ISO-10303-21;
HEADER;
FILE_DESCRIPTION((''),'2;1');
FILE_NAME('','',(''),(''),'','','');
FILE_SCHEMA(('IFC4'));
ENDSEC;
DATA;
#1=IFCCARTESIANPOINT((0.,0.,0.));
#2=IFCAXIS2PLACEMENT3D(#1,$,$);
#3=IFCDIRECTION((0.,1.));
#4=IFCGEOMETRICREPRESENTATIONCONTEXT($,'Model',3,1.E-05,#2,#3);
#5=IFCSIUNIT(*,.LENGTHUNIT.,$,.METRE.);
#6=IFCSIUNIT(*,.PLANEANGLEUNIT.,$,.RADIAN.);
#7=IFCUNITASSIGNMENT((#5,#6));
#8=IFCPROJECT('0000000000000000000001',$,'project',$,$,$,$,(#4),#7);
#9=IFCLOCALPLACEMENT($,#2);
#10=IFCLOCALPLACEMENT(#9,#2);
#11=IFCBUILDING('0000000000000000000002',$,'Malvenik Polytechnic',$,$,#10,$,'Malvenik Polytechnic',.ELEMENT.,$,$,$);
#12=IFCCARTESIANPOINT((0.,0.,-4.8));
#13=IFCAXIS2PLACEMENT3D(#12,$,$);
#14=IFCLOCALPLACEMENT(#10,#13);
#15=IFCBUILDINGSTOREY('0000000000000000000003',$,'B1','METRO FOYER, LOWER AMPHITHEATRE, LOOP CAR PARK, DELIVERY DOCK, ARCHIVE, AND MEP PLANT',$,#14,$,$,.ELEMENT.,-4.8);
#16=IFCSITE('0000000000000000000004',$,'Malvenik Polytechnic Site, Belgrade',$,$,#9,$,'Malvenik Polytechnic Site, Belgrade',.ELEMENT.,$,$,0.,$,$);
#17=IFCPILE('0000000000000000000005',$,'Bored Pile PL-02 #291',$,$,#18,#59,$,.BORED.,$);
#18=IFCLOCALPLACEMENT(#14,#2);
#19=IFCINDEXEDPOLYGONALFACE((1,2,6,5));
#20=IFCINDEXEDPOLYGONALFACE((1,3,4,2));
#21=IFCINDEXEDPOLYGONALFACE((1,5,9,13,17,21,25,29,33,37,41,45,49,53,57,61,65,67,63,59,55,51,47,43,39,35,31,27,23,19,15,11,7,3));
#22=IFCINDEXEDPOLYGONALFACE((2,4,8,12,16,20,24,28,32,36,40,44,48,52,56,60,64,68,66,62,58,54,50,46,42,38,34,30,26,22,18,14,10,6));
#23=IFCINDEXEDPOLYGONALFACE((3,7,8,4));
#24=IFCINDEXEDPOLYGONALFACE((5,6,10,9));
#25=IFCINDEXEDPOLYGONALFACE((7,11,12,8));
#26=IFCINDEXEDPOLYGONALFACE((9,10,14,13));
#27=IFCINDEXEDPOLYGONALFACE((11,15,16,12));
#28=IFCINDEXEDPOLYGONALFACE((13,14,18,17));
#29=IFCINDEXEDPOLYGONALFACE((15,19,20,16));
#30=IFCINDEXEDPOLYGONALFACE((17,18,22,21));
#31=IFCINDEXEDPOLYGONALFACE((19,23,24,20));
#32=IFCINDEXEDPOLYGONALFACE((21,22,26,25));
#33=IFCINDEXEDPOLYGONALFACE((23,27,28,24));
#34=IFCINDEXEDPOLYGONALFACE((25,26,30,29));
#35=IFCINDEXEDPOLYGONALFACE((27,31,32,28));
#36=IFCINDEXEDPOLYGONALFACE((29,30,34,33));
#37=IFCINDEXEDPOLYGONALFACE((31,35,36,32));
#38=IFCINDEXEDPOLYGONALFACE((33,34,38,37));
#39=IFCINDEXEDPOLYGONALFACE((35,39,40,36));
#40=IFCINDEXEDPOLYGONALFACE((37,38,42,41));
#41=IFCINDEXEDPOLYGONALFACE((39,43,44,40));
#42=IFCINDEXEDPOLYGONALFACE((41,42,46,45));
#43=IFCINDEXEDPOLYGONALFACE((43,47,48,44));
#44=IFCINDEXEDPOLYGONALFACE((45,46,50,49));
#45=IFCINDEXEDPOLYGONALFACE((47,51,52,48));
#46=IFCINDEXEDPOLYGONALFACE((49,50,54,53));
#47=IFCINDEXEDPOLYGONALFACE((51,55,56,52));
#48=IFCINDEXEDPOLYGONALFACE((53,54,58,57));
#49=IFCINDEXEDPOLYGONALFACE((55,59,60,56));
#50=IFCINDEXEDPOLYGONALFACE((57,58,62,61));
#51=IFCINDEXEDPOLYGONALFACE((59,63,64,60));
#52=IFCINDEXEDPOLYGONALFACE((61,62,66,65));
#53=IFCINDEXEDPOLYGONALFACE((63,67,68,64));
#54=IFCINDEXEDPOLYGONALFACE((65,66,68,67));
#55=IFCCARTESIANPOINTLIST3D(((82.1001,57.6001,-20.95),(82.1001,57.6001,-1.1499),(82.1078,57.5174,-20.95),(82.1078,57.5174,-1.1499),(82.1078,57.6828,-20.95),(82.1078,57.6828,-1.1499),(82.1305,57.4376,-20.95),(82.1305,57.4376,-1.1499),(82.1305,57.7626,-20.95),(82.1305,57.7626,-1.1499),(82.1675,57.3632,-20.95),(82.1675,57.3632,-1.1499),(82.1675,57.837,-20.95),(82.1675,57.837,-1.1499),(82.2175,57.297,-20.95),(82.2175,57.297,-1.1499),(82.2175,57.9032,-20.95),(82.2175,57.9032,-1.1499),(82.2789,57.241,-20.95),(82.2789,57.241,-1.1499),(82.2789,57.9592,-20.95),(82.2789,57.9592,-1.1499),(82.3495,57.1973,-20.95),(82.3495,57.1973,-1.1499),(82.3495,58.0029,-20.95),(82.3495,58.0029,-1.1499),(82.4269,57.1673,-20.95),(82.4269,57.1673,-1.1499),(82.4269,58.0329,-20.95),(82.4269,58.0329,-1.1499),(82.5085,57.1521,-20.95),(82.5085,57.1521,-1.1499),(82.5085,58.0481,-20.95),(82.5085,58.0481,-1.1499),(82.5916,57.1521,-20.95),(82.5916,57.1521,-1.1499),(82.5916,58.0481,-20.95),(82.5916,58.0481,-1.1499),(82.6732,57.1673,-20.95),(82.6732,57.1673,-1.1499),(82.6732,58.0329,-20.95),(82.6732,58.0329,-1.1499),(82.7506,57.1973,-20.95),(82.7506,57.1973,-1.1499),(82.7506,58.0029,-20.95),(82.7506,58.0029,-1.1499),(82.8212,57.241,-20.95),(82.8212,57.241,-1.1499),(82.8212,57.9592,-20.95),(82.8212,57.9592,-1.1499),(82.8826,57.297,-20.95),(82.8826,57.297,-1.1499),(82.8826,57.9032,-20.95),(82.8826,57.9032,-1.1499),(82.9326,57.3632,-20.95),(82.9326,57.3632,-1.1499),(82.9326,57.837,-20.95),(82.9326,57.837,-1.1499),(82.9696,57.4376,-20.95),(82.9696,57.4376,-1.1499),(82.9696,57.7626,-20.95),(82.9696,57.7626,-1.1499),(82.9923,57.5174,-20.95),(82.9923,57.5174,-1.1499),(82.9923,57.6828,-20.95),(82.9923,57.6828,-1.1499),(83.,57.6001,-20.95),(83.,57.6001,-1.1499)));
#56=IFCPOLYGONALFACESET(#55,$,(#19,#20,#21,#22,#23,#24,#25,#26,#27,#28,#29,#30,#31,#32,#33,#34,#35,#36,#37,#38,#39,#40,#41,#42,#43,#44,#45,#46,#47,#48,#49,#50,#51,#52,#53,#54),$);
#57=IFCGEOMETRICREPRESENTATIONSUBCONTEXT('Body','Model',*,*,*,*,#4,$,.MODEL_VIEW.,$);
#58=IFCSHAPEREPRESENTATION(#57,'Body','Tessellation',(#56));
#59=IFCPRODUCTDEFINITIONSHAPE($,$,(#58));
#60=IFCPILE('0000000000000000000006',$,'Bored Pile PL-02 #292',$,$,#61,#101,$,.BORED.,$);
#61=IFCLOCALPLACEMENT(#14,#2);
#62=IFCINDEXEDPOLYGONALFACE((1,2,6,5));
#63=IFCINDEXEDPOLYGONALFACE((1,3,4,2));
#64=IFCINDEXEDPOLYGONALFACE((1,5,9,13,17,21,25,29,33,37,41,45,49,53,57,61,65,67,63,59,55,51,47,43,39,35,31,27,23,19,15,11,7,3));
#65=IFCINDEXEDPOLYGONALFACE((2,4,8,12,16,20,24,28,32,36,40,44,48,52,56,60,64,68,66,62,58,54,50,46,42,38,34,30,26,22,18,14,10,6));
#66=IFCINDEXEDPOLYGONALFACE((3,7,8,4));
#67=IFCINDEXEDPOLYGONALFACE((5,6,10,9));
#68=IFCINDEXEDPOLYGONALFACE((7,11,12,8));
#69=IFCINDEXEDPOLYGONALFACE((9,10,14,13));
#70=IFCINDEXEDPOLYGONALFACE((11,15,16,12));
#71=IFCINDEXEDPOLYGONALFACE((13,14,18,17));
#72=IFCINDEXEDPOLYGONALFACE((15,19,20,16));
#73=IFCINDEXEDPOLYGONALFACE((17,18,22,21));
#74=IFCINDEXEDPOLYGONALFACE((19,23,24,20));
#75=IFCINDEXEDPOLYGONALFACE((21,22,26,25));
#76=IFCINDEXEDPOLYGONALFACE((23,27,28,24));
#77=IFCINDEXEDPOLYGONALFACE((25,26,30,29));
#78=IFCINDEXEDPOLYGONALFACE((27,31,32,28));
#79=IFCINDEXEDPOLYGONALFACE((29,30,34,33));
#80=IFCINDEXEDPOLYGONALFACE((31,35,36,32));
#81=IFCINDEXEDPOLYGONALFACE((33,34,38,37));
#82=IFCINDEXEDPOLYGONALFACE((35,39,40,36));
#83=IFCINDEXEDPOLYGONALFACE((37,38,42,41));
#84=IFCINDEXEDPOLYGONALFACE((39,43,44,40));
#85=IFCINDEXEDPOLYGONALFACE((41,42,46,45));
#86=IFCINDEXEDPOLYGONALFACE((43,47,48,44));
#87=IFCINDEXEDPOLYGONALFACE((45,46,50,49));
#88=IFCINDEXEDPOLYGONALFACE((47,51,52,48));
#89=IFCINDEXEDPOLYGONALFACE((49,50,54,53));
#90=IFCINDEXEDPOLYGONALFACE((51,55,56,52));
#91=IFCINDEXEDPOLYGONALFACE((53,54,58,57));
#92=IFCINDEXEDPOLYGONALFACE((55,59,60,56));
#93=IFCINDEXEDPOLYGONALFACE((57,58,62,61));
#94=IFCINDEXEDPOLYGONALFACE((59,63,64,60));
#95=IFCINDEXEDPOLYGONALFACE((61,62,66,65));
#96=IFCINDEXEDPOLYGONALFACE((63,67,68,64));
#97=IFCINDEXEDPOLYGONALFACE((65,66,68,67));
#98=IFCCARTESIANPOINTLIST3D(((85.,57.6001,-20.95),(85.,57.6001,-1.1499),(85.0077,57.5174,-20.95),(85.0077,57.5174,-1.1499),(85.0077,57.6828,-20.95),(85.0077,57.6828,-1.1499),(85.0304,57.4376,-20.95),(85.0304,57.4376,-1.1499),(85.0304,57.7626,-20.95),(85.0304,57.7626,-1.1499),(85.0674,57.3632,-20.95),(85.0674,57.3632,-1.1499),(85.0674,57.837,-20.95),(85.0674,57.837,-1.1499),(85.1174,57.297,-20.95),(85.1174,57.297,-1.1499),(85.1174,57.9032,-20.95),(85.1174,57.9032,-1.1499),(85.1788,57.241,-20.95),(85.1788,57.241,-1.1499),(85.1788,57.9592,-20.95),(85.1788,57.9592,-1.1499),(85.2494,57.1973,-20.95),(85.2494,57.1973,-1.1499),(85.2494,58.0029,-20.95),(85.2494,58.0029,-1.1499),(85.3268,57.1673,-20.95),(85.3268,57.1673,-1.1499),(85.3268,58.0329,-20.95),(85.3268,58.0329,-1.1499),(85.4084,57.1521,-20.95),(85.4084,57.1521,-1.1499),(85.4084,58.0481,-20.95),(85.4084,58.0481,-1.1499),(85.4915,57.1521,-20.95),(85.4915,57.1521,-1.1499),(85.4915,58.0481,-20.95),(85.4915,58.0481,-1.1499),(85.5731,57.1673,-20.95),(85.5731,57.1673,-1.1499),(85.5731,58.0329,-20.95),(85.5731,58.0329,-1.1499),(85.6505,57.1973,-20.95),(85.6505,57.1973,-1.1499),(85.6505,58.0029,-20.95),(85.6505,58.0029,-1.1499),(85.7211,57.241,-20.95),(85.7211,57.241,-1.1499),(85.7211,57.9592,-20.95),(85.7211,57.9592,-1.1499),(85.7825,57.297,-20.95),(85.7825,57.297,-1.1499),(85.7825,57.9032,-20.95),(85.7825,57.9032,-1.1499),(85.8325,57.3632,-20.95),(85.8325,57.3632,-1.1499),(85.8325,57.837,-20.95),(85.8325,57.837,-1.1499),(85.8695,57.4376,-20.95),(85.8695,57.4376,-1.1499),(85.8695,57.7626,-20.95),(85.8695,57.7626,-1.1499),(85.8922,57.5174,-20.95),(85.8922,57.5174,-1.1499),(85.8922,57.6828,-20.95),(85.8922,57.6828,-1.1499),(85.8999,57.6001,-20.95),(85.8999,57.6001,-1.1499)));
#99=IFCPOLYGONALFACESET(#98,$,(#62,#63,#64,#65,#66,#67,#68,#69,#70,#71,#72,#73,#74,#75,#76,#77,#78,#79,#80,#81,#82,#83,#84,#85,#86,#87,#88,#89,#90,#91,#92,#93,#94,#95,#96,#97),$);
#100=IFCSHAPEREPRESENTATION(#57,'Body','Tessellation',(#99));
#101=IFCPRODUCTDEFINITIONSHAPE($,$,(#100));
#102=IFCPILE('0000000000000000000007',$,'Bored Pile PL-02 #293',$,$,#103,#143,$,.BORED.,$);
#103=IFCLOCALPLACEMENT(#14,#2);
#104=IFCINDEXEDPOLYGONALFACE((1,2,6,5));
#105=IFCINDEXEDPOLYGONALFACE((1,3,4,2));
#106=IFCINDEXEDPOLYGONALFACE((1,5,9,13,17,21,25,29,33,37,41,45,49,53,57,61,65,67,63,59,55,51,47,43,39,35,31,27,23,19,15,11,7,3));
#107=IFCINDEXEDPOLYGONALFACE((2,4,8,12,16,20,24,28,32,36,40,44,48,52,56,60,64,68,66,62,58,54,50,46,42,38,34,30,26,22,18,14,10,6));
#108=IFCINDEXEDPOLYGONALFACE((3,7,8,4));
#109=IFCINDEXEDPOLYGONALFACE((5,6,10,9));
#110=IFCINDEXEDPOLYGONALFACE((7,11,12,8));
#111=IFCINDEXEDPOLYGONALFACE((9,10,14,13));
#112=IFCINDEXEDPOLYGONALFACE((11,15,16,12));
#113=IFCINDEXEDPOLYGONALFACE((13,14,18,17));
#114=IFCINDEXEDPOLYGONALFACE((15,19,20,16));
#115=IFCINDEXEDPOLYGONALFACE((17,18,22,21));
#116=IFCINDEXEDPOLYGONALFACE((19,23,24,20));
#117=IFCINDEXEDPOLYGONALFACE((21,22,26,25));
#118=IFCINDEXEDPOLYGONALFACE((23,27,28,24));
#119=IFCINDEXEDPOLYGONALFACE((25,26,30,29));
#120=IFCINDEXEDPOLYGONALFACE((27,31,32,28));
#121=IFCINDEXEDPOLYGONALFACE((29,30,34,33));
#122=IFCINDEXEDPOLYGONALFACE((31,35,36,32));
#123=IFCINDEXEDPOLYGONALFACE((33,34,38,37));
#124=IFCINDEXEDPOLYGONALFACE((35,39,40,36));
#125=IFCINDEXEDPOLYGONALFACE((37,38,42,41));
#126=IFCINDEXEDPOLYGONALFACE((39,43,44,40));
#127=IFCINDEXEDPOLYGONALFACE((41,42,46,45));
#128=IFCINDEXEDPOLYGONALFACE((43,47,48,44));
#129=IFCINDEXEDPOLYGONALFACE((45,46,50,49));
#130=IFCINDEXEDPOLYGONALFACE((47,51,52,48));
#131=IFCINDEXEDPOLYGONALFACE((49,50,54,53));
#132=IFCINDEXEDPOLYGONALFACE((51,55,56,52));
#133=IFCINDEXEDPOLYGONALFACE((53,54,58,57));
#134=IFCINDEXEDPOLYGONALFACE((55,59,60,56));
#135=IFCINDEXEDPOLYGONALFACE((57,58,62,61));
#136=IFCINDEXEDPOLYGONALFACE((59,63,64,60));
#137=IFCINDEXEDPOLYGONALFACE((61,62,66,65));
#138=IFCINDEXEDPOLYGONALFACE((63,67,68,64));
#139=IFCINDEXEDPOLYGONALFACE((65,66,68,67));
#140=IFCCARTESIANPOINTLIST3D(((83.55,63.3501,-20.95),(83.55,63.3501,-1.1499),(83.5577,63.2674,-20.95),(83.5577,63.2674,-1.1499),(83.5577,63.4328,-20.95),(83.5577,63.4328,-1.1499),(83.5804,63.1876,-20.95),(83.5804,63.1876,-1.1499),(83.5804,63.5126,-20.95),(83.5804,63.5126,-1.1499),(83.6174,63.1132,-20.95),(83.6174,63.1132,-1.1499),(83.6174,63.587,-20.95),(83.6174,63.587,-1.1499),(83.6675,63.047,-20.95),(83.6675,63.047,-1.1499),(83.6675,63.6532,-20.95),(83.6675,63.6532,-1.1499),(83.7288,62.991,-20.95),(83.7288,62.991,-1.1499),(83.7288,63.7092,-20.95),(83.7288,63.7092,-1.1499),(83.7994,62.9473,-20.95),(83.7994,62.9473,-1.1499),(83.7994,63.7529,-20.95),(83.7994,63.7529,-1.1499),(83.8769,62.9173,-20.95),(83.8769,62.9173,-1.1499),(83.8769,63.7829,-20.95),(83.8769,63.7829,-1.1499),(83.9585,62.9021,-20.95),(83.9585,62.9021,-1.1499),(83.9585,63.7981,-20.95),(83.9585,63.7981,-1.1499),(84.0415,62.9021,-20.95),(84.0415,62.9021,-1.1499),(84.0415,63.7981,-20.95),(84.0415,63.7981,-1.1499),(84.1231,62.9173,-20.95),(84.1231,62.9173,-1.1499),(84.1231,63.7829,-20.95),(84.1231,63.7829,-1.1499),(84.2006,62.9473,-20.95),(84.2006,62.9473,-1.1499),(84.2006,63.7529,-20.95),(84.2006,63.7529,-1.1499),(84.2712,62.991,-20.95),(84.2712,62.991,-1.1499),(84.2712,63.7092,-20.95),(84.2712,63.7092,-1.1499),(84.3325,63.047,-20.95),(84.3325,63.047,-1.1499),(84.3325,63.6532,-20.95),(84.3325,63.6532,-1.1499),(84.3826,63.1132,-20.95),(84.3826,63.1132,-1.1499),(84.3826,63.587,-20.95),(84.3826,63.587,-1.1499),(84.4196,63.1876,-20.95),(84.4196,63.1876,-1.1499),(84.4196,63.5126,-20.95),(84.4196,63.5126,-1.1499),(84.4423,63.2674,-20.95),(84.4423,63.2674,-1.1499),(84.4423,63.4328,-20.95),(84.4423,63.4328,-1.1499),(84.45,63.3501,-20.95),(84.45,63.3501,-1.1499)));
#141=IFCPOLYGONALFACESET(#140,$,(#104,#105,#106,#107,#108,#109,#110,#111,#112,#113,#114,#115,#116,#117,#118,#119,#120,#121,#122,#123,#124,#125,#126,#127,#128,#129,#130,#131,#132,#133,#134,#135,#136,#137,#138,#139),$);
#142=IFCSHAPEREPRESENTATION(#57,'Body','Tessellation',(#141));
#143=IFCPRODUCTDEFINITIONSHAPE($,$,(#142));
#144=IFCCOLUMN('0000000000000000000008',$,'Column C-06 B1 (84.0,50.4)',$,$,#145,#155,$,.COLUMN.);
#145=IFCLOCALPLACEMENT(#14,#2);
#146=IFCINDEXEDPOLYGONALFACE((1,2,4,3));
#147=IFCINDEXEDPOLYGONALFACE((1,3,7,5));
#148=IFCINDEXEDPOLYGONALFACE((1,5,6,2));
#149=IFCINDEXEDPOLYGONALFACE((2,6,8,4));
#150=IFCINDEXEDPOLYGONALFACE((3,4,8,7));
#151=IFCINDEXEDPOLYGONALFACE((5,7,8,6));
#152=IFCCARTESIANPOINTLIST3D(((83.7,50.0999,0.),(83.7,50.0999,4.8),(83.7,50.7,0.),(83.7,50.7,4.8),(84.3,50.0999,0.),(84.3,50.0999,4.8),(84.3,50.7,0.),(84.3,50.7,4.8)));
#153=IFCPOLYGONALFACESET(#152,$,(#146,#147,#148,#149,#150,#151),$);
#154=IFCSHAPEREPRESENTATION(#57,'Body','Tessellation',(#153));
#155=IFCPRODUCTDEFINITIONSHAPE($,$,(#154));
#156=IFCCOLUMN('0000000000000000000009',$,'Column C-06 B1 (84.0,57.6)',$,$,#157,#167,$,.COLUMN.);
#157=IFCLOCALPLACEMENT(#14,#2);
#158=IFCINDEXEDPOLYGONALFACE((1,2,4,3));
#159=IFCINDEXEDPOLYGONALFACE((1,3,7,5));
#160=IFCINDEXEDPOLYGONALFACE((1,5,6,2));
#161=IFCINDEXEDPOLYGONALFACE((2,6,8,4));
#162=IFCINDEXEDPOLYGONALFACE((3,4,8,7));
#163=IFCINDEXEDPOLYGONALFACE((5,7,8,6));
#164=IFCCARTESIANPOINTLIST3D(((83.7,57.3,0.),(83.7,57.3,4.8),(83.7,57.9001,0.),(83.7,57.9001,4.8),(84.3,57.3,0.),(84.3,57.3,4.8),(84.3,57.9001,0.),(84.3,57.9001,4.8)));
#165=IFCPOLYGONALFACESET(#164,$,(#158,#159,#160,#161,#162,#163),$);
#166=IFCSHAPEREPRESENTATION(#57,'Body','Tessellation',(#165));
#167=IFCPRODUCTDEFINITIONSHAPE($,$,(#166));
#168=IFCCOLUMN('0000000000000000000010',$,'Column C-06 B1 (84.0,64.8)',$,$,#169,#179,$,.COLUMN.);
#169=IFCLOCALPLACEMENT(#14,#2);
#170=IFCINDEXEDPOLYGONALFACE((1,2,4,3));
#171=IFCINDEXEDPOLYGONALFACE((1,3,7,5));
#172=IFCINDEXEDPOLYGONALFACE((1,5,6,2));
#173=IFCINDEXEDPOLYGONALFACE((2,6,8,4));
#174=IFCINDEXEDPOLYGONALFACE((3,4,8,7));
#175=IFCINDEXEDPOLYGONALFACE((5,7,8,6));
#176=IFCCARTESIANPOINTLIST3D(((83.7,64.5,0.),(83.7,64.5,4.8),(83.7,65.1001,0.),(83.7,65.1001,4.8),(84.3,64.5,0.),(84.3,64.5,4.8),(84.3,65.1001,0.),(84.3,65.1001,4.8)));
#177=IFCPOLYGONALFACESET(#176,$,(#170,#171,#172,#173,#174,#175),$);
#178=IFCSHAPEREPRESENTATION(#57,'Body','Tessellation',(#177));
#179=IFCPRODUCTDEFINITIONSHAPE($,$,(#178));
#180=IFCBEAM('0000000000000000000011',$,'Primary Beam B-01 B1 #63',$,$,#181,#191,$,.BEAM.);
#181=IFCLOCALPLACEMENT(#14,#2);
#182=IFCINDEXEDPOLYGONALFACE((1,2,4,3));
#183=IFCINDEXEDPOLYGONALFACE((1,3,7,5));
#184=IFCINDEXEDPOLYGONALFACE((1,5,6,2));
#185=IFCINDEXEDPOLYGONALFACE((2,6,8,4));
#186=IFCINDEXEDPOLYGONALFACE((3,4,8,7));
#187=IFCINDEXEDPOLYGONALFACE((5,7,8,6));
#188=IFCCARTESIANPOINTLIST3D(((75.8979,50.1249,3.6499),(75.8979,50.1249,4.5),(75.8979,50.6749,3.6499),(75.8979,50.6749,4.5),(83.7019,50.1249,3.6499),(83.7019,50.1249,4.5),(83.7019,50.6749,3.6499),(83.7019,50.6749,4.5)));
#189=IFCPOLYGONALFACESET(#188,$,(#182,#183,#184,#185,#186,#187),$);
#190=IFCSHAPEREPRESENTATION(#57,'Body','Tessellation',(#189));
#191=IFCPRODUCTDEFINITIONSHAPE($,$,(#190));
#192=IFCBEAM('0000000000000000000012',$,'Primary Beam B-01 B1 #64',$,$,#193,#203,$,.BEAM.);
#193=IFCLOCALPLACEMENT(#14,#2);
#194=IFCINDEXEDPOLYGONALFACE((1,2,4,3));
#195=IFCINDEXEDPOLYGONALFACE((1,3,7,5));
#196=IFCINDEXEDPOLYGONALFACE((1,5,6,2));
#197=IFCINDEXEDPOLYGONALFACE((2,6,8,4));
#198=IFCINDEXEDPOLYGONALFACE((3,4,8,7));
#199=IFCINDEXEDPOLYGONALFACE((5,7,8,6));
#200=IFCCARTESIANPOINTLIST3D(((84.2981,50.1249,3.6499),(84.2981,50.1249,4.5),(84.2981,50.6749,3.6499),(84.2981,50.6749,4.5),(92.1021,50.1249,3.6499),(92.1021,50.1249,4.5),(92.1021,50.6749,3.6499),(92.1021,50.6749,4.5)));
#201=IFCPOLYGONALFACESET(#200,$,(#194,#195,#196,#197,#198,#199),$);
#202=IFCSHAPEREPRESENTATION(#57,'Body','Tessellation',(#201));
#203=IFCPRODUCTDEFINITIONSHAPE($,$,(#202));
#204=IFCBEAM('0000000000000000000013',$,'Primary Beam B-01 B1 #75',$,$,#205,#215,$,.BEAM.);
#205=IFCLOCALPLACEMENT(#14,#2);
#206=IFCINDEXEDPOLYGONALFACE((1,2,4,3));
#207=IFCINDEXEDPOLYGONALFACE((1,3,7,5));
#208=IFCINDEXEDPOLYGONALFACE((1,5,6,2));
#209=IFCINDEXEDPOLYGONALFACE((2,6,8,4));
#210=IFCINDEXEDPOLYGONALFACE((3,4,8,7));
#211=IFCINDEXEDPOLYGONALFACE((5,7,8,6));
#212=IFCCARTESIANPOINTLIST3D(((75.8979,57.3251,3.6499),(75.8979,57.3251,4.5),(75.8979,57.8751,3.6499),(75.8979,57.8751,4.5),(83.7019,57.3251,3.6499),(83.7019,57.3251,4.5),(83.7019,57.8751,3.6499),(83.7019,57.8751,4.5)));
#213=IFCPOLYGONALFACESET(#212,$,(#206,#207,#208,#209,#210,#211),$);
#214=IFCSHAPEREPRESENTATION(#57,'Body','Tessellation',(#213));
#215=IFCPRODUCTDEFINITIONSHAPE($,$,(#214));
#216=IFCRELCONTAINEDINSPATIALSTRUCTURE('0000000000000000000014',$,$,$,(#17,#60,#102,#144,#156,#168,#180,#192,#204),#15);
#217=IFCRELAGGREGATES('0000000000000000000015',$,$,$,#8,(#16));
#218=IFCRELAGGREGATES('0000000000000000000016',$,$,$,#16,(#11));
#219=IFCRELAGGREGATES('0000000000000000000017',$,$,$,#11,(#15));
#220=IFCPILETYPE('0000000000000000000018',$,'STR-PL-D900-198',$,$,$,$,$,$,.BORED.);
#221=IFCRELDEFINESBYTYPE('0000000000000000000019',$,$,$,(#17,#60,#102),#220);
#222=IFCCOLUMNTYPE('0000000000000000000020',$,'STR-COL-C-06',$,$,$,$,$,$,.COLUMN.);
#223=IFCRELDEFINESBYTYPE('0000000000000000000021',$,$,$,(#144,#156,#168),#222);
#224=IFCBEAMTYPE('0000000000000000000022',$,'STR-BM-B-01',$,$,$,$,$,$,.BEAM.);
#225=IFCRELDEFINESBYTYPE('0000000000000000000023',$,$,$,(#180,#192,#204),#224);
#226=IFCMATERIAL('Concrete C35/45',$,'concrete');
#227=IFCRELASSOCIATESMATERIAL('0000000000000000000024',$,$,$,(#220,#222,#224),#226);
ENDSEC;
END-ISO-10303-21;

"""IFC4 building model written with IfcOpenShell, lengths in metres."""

from ifc_helpers import new_model, si_unit, direction, frame, origin, origin_2d, place, context, subcontext, project, spatial, rectangle, circle, extrude, material, material_profile, profile_set, type_object, element, save


model = new_model("IFC4")

# Units and contexts
model_context = context("Model", 3, precision=1e-05, world=origin(), true_north=direction((0.0, 1.0)))
body_context = subcontext(model_context, "Body", "Model", "MODEL_VIEW")
ifc_project = project(units=[si_unit("LENGTHUNIT", "METRE"), si_unit("PLANEANGLEUNIT", "RADIAN")], contexts=[model_context])

# Site, building, storey
site_placement = place(None, origin())
site = spatial("IfcSite", under=ifc_project, at=site_placement, Name="Malvenik Polytechnic Site, Belgrade", LongName="Malvenik Polytechnic Site, Belgrade", CompositionType="ELEMENT", RefElevation=0.0)
building_placement = place(site_placement, origin())
building = spatial("IfcBuilding", under=site, at=building_placement, Name="Malvenik Polytechnic", LongName="Malvenik Polytechnic", CompositionType="ELEMENT")
storey_placement = place(building_placement, frame((0.0, 0.0, -4.8)))
storey = spatial("IfcBuildingStorey", under=building, at=storey_placement, Name="B1", Description="METRO FOYER, LOWER AMPHITHEATRE, LOOP CAR PARK, DELIVERY DOCK, ARCHIVE, AND MEP PLANT", CompositionType="ELEMENT", Elevation=-4.8)

# Shared definitions
ifc_material_1 = material(Name="Concrete C35/45", Category="concrete")

# Piles
ifc_material_profile_1 = material_profile(ifc_material_1, circle(Radius=0.45, at=origin_2d()), Name="BORED PILE D900")
ifc_profile_set_1 = profile_set([ifc_material_profile_1], Name="Concrete C35/45")
pile_type = type_object("IfcPileType", Name="STR-PL-D900-198", PredefinedType="BORED", material=ifc_profile_set_1)
for number, where, z_axis, x_axis, name in (
    (1, (82.55, 57.6001, -1.1499), (0.0, 0.0, -1.0), (1.0, 0.0, 0.0), "Bored Pile PL-02 #291"),
    (2, (85.45, 57.6001, -1.1499), (0.0, 0.0, -1.0), (1.0, 0.0, 0.0), "Bored Pile PL-02 #292"),
    (3, (84.0, 63.3501, -1.1499), (0.0, 0.0, -1.0), (1.0, 0.0, 0.0), "Bored Pile PL-02 #293"),
):
    element("IfcPile", number, at=place(storey_placement, frame(where, z_axis=z_axis, x_axis=x_axis)), inside=storey, type_object=pile_type, Name=name, PredefinedType="BORED", context=body_context, shape_type="SweptSolid", body=[
        extrude(circle(Radius=0.45, at=origin_2d()), origin(), (0.0, 0.0, 1.0), 19.8),
    ])

# Columns
ifc_material_profile_2 = material_profile(ifc_material_1, rectangle(XDim=0.6001, YDim=0.6001, at=origin_2d()), Name="RC COL 600x600")
ifc_profile_set_2 = profile_set([ifc_material_profile_2], Name="Concrete C35/45")
column_type = type_object("IfcColumnType", Name="STR-COL-C-06", PredefinedType="COLUMN", material=ifc_profile_set_2)
for number, where, z_axis, x_axis, name in (
    (4, (84.0, 50.3999, 0.0), (0.0, 0.0, 1.0), (1.0, 0.0, 0.0), "Column C-06 B1 (84.0,50.4)"),
    (5, (84.0, 57.6001, 0.0), (0.0, 0.0, 1.0), (1.0, 0.0, 0.0), "Column C-06 B1 (84.0,57.6)"),
    (6, (84.0, 64.8, 0.0), (0.0, 0.0, 1.0), (1.0, 0.0, 0.0), "Column C-06 B1 (84.0,64.8)"),
):
    element("IfcColumn", number, at=place(storey_placement, frame(where, z_axis=z_axis, x_axis=x_axis)), inside=storey, type_object=column_type, Name=name, PredefinedType="COLUMN", context=body_context, shape_type="SweptSolid", body=[
        extrude(rectangle(XDim=0.6001, YDim=0.6001, at=origin_2d()), origin(), (0.0, 0.0, 1.0), 4.8),
    ])

# Beams
ifc_material_profile_3 = material_profile(ifc_material_1, rectangle(XDim=0.55, YDim=0.8501, at=origin_2d()), Name="RC BM 550x850")
ifc_profile_set_3 = profile_set([ifc_material_profile_3], Name="Concrete C35/45")
beam_type_1 = type_object("IfcBeamType", Name="STR-BM-B-01", PredefinedType="BEAM", material=ifc_profile_set_3)
for number, where, z_axis, x_axis, name in (
    (7, (75.8979, 50.3999, 4.075), (1.0, 0.0, 0.0), (0.0, 1.0, 0.0), "Primary Beam B-01 B1 #63"),
    (8, (84.2981, 50.3999, 4.075), (1.0, 0.0, 0.0), (0.0, 1.0, 0.0), "Primary Beam B-01 B1 #64"),
    (9, (75.8979, 57.6001, 4.075), (1.0, 0.0, 0.0), (0.0, 1.0, 0.0), "Primary Beam B-01 B1 #75"),
):
    element("IfcBeam", number, at=place(storey_placement, frame(where, z_axis=z_axis, x_axis=x_axis)), inside=storey, type_object=beam_type_1, Name=name, PredefinedType="BEAM", context=body_context, shape_type="SweptSolid", body=[
        extrude(rectangle(XDim=0.55, YDim=0.8501, at=origin_2d()), origin(), (0.0, 0.0, 1.0), 7.804),
    ])

save(model, "model.ifc")
